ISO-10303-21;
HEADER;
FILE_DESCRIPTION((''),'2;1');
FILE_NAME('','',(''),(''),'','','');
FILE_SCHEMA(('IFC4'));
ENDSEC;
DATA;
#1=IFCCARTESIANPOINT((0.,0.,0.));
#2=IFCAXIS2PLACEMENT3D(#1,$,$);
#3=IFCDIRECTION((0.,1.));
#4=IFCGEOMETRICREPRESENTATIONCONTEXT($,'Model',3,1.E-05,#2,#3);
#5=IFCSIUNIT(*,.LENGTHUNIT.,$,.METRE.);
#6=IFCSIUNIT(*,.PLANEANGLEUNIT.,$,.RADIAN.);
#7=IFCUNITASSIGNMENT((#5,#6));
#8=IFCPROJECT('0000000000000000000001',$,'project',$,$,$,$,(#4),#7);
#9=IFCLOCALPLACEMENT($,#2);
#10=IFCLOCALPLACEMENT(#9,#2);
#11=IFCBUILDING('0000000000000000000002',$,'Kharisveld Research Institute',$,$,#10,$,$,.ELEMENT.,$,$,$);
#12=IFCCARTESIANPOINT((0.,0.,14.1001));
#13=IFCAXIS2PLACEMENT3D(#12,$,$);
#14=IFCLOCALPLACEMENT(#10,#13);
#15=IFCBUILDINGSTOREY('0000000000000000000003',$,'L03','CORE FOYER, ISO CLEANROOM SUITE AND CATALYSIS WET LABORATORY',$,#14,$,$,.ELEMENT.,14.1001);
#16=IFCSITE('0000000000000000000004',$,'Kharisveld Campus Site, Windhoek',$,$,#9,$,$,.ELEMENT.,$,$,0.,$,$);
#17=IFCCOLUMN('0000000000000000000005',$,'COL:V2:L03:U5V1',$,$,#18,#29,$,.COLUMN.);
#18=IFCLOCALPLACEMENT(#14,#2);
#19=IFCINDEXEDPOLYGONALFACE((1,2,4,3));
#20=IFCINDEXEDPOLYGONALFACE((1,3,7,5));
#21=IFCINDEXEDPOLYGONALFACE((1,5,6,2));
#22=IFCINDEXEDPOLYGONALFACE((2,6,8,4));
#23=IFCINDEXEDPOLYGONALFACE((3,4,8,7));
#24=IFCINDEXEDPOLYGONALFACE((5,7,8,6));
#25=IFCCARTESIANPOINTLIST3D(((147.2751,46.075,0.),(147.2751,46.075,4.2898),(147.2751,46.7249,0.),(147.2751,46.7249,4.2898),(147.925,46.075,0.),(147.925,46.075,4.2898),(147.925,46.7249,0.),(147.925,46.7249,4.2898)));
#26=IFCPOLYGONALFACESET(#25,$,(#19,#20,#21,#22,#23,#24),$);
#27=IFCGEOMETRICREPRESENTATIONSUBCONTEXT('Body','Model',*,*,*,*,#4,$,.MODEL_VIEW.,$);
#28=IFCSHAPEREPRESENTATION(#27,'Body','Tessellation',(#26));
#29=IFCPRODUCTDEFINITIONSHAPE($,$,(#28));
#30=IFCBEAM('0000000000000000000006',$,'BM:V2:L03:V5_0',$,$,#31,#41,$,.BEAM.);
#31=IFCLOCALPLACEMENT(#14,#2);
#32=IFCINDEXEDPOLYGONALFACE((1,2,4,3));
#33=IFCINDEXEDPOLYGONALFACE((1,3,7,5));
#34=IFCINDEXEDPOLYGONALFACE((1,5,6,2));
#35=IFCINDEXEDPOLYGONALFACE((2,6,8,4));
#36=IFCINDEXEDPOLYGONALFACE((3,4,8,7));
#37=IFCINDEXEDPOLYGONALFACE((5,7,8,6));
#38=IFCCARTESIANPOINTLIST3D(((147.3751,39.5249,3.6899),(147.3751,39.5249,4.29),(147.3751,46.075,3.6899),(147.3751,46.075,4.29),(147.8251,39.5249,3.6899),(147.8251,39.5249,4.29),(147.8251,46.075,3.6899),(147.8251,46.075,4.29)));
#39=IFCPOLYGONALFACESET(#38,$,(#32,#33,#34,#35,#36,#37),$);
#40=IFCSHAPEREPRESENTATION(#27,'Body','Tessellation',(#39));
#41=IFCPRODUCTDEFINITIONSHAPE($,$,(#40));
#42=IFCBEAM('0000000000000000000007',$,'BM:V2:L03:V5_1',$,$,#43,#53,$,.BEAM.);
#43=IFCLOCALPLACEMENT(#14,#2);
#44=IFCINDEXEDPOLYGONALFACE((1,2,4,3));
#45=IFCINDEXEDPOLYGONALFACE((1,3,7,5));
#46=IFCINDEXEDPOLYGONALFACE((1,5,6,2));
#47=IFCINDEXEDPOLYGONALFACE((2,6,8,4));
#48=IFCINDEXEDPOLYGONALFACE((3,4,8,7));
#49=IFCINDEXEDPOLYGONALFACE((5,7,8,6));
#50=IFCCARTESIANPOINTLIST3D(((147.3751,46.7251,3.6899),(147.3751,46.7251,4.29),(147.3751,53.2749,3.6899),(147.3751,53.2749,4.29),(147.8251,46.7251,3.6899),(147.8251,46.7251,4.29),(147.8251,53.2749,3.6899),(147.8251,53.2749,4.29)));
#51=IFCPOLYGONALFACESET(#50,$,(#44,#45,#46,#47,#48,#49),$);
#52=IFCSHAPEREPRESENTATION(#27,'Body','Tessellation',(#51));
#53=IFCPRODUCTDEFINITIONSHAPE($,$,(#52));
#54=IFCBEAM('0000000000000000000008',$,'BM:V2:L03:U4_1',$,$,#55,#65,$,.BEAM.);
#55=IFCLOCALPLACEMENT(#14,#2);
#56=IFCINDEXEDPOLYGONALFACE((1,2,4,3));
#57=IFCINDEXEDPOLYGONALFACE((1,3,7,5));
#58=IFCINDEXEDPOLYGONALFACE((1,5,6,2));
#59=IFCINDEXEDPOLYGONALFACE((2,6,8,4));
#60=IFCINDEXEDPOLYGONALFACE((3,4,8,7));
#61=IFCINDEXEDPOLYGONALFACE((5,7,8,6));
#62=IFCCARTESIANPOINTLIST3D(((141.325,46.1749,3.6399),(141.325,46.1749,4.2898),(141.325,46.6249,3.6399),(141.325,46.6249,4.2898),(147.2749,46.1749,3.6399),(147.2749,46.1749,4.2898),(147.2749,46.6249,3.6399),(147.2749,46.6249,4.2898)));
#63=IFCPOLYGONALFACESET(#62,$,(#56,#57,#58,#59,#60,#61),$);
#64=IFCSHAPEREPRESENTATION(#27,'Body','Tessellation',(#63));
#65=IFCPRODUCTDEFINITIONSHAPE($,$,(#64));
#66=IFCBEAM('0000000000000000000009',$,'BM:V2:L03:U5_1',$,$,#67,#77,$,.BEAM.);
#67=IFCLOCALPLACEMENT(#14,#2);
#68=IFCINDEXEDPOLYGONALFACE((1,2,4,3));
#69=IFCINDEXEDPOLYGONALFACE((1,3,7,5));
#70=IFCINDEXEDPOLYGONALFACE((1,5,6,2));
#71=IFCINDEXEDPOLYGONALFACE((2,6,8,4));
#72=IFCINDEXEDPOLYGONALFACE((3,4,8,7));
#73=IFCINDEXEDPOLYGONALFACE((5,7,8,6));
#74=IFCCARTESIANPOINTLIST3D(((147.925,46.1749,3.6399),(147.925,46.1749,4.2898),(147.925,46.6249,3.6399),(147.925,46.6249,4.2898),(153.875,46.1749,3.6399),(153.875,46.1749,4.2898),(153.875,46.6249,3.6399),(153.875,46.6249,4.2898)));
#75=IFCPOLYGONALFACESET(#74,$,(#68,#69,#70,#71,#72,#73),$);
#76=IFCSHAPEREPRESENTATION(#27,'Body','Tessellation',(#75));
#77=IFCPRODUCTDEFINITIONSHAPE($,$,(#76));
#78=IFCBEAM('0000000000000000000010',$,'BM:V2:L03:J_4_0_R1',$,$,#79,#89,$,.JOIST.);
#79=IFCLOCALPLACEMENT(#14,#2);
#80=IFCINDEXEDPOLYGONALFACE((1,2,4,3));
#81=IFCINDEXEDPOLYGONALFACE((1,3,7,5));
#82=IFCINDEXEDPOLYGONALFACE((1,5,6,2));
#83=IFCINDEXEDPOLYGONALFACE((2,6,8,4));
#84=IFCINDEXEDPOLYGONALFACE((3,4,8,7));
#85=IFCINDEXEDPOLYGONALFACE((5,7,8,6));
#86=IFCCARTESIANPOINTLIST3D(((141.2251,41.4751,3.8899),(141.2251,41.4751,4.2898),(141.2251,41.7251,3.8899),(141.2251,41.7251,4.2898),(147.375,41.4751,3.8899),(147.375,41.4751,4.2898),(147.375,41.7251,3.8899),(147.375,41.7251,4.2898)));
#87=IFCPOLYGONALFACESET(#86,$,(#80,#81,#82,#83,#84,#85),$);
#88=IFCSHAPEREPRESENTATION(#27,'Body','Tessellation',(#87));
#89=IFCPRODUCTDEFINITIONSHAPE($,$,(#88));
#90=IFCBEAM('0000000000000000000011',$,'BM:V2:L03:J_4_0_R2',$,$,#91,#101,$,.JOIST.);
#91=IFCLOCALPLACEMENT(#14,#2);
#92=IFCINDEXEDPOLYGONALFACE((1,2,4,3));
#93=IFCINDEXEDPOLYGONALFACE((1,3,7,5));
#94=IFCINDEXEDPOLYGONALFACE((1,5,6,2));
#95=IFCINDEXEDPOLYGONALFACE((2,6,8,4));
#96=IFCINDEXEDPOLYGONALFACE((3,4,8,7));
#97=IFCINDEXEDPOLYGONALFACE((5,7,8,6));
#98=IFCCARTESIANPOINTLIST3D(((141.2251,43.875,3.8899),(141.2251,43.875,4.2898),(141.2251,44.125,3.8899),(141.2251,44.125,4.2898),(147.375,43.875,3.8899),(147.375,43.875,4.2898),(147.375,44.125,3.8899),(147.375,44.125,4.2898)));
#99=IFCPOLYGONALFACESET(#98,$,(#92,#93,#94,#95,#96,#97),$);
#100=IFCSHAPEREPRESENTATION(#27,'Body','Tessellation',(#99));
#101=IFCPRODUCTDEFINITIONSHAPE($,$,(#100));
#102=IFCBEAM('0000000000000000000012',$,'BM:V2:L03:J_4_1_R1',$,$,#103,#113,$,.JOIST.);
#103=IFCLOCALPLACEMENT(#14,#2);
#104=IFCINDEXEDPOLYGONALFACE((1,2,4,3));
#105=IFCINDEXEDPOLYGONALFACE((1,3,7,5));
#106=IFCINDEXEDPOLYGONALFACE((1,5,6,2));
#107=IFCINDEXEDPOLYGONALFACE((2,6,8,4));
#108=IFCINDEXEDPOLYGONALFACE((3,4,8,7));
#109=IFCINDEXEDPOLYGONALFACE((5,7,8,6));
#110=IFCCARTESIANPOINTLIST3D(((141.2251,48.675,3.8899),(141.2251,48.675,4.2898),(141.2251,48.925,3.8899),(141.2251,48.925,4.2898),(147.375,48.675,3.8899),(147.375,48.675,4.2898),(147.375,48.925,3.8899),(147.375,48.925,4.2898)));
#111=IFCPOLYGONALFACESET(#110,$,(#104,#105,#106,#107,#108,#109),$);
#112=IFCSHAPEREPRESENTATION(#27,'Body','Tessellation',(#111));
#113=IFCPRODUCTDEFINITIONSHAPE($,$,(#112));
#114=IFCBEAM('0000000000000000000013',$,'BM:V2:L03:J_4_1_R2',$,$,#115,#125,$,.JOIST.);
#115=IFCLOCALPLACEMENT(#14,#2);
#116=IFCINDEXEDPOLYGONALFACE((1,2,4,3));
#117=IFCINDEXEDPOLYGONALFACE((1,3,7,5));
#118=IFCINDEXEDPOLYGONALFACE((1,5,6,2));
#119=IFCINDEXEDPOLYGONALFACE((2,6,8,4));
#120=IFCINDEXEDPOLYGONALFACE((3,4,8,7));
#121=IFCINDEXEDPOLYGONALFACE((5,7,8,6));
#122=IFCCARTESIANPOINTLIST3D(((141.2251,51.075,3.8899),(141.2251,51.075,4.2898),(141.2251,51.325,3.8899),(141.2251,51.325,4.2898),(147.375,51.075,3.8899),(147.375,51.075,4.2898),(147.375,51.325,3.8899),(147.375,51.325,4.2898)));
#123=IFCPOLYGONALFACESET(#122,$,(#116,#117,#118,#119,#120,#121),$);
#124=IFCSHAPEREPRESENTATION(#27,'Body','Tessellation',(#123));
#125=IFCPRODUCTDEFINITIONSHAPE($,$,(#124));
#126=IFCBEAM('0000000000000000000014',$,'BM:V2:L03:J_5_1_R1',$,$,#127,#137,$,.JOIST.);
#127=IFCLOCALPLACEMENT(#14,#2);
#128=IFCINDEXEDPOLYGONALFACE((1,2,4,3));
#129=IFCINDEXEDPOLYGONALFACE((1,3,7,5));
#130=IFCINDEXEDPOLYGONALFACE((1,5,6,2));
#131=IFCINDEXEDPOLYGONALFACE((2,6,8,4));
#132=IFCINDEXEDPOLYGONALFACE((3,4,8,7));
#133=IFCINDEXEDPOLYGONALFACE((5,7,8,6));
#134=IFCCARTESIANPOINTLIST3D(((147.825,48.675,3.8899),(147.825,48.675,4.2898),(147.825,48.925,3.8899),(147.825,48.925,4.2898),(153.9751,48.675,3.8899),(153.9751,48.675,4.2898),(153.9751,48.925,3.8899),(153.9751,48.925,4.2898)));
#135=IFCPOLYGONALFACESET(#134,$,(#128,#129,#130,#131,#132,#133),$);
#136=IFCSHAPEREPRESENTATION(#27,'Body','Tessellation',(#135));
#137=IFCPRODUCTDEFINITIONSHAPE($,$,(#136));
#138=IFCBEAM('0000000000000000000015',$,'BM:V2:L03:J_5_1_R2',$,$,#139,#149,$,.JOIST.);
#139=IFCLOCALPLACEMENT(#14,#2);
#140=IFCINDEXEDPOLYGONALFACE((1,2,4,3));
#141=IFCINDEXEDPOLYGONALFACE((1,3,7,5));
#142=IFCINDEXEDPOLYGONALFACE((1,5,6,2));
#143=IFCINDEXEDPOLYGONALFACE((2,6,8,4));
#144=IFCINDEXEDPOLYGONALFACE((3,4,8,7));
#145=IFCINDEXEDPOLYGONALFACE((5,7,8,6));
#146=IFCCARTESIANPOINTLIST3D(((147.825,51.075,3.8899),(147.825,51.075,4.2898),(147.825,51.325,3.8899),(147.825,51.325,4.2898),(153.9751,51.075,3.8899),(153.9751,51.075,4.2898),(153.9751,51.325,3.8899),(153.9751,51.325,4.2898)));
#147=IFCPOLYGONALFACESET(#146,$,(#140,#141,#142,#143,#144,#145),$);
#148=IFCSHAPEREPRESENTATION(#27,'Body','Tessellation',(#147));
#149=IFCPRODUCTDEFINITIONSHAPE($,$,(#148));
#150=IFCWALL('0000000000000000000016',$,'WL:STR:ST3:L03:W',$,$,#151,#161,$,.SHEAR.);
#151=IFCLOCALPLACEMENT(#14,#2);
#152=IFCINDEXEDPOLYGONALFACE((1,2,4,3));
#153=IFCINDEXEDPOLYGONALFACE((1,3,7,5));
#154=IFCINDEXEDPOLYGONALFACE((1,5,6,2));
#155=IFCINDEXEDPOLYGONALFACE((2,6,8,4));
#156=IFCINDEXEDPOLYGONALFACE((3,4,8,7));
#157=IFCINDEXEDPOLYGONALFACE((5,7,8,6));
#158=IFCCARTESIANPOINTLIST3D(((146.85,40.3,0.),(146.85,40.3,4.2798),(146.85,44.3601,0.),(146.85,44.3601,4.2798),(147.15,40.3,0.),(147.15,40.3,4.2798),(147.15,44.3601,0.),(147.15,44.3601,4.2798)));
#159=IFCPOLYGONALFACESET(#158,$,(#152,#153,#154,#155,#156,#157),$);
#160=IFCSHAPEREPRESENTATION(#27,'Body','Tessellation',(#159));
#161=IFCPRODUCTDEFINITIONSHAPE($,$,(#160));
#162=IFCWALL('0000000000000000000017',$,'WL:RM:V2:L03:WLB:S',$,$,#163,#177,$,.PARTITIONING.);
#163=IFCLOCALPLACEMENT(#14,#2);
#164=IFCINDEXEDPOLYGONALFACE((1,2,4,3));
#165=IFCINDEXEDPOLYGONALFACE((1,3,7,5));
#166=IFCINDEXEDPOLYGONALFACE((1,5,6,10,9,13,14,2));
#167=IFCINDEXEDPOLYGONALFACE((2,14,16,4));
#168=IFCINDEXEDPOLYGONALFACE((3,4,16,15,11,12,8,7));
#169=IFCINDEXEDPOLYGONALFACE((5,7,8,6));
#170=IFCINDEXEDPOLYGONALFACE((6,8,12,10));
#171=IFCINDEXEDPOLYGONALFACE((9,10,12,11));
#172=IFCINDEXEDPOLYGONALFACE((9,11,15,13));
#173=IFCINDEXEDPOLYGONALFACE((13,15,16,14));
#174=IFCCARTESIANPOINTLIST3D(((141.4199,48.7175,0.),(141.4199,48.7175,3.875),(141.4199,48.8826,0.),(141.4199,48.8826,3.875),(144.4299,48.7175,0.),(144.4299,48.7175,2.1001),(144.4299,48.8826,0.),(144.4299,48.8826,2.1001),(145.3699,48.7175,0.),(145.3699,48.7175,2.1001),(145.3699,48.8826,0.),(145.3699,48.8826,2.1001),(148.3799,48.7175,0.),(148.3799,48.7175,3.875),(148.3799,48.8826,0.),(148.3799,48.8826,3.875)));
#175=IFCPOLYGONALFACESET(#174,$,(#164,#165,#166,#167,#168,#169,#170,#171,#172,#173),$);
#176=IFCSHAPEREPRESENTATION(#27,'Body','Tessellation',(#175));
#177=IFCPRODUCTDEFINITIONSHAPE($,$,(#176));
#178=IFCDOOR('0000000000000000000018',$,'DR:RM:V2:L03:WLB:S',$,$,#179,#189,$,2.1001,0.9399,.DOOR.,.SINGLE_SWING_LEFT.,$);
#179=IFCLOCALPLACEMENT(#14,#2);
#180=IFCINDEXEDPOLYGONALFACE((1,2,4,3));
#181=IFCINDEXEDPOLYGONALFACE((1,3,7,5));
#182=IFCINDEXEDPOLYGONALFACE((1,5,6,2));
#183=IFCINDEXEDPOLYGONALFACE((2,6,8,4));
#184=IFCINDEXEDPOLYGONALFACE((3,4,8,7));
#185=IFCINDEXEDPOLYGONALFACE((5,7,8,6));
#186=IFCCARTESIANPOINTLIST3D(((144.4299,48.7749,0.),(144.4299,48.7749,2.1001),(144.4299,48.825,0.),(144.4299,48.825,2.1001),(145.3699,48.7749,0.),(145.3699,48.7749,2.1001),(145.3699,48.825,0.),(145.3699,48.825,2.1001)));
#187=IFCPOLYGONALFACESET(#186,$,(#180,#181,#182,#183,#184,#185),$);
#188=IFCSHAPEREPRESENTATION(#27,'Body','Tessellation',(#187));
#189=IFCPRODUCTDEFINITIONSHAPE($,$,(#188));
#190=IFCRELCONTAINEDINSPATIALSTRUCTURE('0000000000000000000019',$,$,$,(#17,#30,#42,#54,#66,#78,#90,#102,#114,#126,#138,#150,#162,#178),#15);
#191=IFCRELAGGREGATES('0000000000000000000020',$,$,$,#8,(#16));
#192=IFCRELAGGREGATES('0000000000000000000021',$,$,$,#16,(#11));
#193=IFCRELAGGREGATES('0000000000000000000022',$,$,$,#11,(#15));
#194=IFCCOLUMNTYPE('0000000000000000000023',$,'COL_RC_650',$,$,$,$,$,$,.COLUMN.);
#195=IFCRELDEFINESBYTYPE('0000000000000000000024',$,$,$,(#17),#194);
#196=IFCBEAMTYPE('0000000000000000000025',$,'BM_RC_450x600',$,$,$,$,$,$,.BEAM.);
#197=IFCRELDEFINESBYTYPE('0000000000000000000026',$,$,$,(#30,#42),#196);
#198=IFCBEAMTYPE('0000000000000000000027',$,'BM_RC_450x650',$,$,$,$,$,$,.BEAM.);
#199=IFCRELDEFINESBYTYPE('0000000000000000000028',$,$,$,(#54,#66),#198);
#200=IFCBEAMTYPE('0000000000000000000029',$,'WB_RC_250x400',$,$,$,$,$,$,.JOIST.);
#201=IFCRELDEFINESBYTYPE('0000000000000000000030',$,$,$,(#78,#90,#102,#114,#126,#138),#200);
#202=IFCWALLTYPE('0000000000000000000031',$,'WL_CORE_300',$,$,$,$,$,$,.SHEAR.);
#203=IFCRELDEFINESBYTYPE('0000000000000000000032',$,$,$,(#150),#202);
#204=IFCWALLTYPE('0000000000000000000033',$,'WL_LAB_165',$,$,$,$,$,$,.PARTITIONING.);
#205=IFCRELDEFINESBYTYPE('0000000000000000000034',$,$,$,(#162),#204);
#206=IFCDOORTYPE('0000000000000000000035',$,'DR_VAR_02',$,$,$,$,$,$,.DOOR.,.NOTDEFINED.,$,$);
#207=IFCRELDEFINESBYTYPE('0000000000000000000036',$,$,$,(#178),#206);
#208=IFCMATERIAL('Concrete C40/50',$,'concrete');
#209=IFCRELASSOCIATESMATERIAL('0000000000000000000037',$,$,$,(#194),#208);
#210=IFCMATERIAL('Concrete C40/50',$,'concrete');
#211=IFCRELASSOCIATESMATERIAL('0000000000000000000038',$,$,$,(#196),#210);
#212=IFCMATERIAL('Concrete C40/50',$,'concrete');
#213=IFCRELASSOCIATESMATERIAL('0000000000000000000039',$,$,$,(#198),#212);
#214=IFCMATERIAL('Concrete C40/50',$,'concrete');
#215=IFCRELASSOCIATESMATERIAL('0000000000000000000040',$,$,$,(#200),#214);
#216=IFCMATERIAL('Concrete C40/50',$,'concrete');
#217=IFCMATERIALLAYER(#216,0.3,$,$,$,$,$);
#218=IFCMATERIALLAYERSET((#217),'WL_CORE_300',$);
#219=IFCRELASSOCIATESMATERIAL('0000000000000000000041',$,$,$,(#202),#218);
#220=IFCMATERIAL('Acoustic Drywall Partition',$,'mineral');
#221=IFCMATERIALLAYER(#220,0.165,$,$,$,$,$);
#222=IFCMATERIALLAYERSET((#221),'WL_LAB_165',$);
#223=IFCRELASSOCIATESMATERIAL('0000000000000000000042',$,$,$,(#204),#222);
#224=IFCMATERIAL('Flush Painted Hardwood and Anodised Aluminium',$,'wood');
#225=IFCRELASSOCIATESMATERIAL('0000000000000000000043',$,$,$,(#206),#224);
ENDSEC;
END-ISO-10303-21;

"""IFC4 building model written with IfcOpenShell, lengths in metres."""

from ifc_helpers import new_model, si_unit, direction, frame, frame_2d, origin, origin_2d, place, context, subcontext, project, spatial, rectangle, extrude, material, layer, layer_set, material_profile, profile_set, type_object, element, fill, save


model = new_model("IFC4")

# Units and contexts
model_context = context("Model", 3, precision=1e-05, world=origin(), true_north=direction((0.0, 1.0)))
body_context = subcontext(model_context, "Body", "Model", "MODEL_VIEW")
ifc_project = project(units=[si_unit("LENGTHUNIT", "METRE"), si_unit("PLANEANGLEUNIT", "RADIAN")], contexts=[model_context])

# Site, building, storey
site_placement = place(None, origin())
site = spatial("IfcSite", under=ifc_project, at=site_placement, Name="Kharisveld Campus Site, Windhoek", CompositionType="ELEMENT", RefElevation=0.0)
building_placement = place(site_placement, origin())
building = spatial("IfcBuilding", under=site, at=building_placement, Name="Kharisveld Research Institute", CompositionType="ELEMENT")
storey_placement = place(building_placement, frame((0.0, 0.0, 14.1001)))
storey = spatial("IfcBuildingStorey", under=building, at=storey_placement, Name="L03", Description="CORE FOYER, ISO CLEANROOM SUITE AND CATALYSIS WET LABORATORY", CompositionType="ELEMENT", Elevation=14.1001)

# Column
ifc_material_1 = material(Name="Concrete C40/50", Category="concrete")
ifc_material_profile_1 = material_profile(ifc_material_1, rectangle(XDim=0.6499, YDim=0.6499, at=origin_2d()))
ifc_profile_set_1 = profile_set([ifc_material_profile_1], Name="Concrete C40/50")
column_type = type_object("IfcColumnType", Name="COL_RC_650", PredefinedType="COLUMN", material=ifc_profile_set_1)
column_placement = place(storey_placement, frame((147.6001, 46.3999, 0.0), z_axis=(0.0, 0.0, 1.0), x_axis=(1.0, 0.0, 0.0)))
element("IfcColumn", 1, at=column_placement, inside=storey, type_object=column_type, Name="COL:V2:L03:U5V1", PredefinedType="COLUMN", context=body_context, shape_type="SweptSolid", body=[
    extrude(rectangle(XDim=0.6499, YDim=0.6499, at=origin_2d()), origin(), (0.0, 0.0, 1.0), 4.2898),
])

# Beams
ifc_material_2 = material(Name="Concrete C40/50", Category="concrete")
ifc_material_profile_2 = material_profile(ifc_material_2, rectangle(XDim=0.45, YDim=0.6001, at=origin_2d()))
ifc_profile_set_2 = profile_set([ifc_material_profile_2], Name="Concrete C40/50")
beam_type_1 = type_object("IfcBeamType", Name="BM_RC_450x600", PredefinedType="BEAM", material=ifc_profile_set_2)
beam_1_placement = place(storey_placement, frame((147.6001, 39.5249, 3.99), z_axis=(0.0, 1.0, 0.0), x_axis=(-1.0, 0.0, 0.0)))
element("IfcBeam", 2, at=beam_1_placement, inside=storey, type_object=beam_type_1, Name="BM:V2:L03:V5_0", PredefinedType="BEAM", context=body_context, shape_type="SweptSolid", body=[
    extrude(rectangle(XDim=0.45, YDim=0.6001, at=origin_2d()), origin(), (0.0, 0.0, 1.0), 6.55),
])
beam_2_placement = place(storey_placement, frame((147.6001, 46.7251, 3.99), z_axis=(0.0, 1.0, 0.0), x_axis=(-1.0, 0.0, 0.0)))
element("IfcBeam", 3, at=beam_2_placement, inside=storey, type_object=beam_type_1, Name="BM:V2:L03:V5_1", PredefinedType="BEAM", context=body_context, shape_type="SweptSolid", body=[
    extrude(rectangle(XDim=0.45, YDim=0.6001, at=origin_2d()), origin(), (0.0, 0.0, 1.0), 6.5498),
])
ifc_material_3 = material(Name="Concrete C40/50", Category="concrete")
ifc_material_profile_3 = material_profile(ifc_material_3, rectangle(XDim=0.45, YDim=0.6499, at=origin_2d()))
ifc_profile_set_3 = profile_set([ifc_material_profile_3], Name="Concrete C40/50")
beam_type_2 = type_object("IfcBeamType", Name="BM_RC_450x650", PredefinedType="BEAM", material=ifc_profile_set_3)
for number, where, z_axis, x_axis, name in (
    (4, (141.325, 46.3999, 3.9648), (1.0, 0.0, 0.0), (0.0, 1.0, 0.0), "BM:V2:L03:U4_1"),
    (5, (147.925, 46.3999, 3.9648), (1.0, 0.0, 0.0), (0.0, 1.0, 0.0), "BM:V2:L03:U5_1"),
):
    element("IfcBeam", number, at=place(storey_placement, frame(where, z_axis=z_axis, x_axis=x_axis)), inside=storey, type_object=beam_type_2, Name=name, PredefinedType="BEAM", context=body_context, shape_type="SweptSolid", body=[
        extrude(rectangle(XDim=0.45, YDim=0.6499, at=origin_2d()), origin(), (0.0, 0.0, 1.0), 5.95),
    ])
ifc_material_4 = material(Name="Concrete C40/50", Category="concrete")
ifc_material_profile_4 = material_profile(ifc_material_4, rectangle(XDim=0.25, YDim=0.3999, at=origin_2d()))
ifc_profile_set_4 = profile_set([ifc_material_profile_4], Name="Concrete C40/50")
beam_type_3 = type_object("IfcBeamType", Name="WB_RC_250x400", PredefinedType="JOIST", material=ifc_profile_set_4)
for number, where, z_axis, x_axis, name in (
    (6, (141.2251, 41.6001, 4.0898), (1.0, 0.0, 0.0), (0.0, 1.0, 0.0), "BM:V2:L03:J_4_0_R1"),
    (7, (141.2251, 44.0, 4.0898), (1.0, 0.0, 0.0), (0.0, 1.0, 0.0), "BM:V2:L03:J_4_0_R2"),
    (8, (141.2251, 48.8, 4.0898), (1.0, 0.0, 0.0), (0.0, 1.0, 0.0), "BM:V2:L03:J_4_1_R1"),
    (9, (141.2251, 51.2, 4.0898), (1.0, 0.0, 0.0), (0.0, 1.0, 0.0), "BM:V2:L03:J_4_1_R2"),
):
    element("IfcBeam", number, at=place(storey_placement, frame(where, z_axis=z_axis, x_axis=x_axis)), inside=storey, type_object=beam_type_3, Name=name, PredefinedType="JOIST", context=body_context, shape_type="SweptSolid", body=[
        extrude(rectangle(XDim=0.25, YDim=0.3999, at=origin_2d()), origin(), (0.0, 0.0, 1.0), 6.1499),
    ])
for number, where, z_axis, x_axis, name in (
    (10, (147.825, 48.8, 4.0898), (1.0, 0.0, 0.0), (0.0, 1.0, 0.0), "BM:V2:L03:J_5_1_R1"),
    (11, (147.825, 51.2, 4.0898), (1.0, 0.0, 0.0), (0.0, 1.0, 0.0), "BM:V2:L03:J_5_1_R2"),
):
    element("IfcBeam", number, at=place(storey_placement, frame(where, z_axis=z_axis, x_axis=x_axis)), inside=storey, type_object=beam_type_3, Name=name, PredefinedType="JOIST", context=body_context, shape_type="SweptSolid", body=[
        extrude(rectangle(XDim=0.25, YDim=0.3999, at=origin_2d()), origin(), (0.0, 0.0, 1.0), 6.1501),
    ])

# Wall
ifc_material_5 = material(Name="Concrete C40/50", Category="concrete")
ifc_layer_1 = layer(ifc_material_5, 0.3)
ifc_layer_set_1 = layer_set([ifc_layer_1], Name="WL_CORE_300")
wall_type_1 = type_object("IfcWallType", Name="WL_CORE_300", PredefinedType="SHEAR", material=ifc_layer_set_1)
wall_1_placement = place(storey_placement, frame((147.0, 40.3, 0.0), z_axis=(0.0, 0.0, 1.0), x_axis=(0.0, 1.0, 0.0)))
element("IfcWall", 12, at=wall_1_placement, inside=storey, type_object=wall_type_1, Name="WL:STR:ST3:L03:W", PredefinedType="SHEAR", context=body_context, shape_type="SweptSolid", body=[
    extrude(rectangle(XDim=4.0601, YDim=0.3, at=frame_2d((2.03, 0.0))), origin(), (0.0, 0.0, 1.0), 4.2798),
])

# Wall, opening, door
ifc_material_6 = material(Name="Acoustic Drywall Partition", Category="mineral")
ifc_layer_2 = layer(ifc_material_6, 0.165)
ifc_layer_set_2 = layer_set([ifc_layer_2], Name="WL_LAB_165")
wall_type_2 = type_object("IfcWallType", Name="WL_LAB_165", PredefinedType="PARTITIONING", material=ifc_layer_set_2)
wall_2_placement = place(storey_placement, frame((141.4199, 48.8, 0.0), z_axis=(0.0, 0.0, 1.0), x_axis=(1.0, 0.0, 0.0)))
wall_2 = element("IfcWall", 13, at=wall_2_placement, inside=storey, type_object=wall_type_2, Name="WL:RM:V2:L03:WLB:S", PredefinedType="PARTITIONING", context=body_context, shape_type="SweptSolid", body=[
    extrude(rectangle(XDim=6.96, YDim=0.165, at=frame_2d((3.48, 0.0))), origin(), (0.0, 0.0, 1.0), 3.875),
])
opening_1_placement = place(wall_2_placement, frame((3.01, 0.0, 0.0)))
opening_1 = element("IfcOpeningElement", 14, at=opening_1_placement, cuts=wall_2, PredefinedType="OPENING", context=body_context, shape_type="SweptSolid", body=[
    extrude(rectangle(XDim=0.9399, YDim=2.1001, at=frame_2d((0.47, 1.05))), frame((0.0, 0.0825, 0.0), z_axis=(0.0, -1.0, 0.0), x_axis=(1.0, 0.0, 0.0)), (0.0, 0.0, 1.0), 0.165),
])
ifc_material_7 = material(Name="Flush Painted Hardwood and Anodised Aluminium", Category="wood")
door_type_1 = type_object("IfcDoorType", Name="DR_VAR_02", OperationType="NOTDEFINED", PredefinedType="DOOR", material=ifc_material_7)
door_1_placement = place(opening_1_placement, origin())
door_1 = element("IfcDoor", 15, at=door_1_placement, inside=storey, type_object=door_type_1, Name="DR:RM:V2:L03:WLB:S", OperationType="SINGLE_SWING_LEFT", OverallHeight=2.1001, OverallWidth=0.9399, PredefinedType="DOOR", context=body_context, shape_type="SweptSolid", body=[
    extrude(rectangle(XDim=0.9399, YDim=2.1001, at=frame_2d((0.47, 1.05))), frame((0.0, 0.0249, 0.0), z_axis=(0.0, -1.0, 0.0), x_axis=(1.0, 0.0, 0.0)), (0.0, 0.0, 1.0), 0.05),
])
fill(opening_1, door_1)

save(model, "model.ifc")
